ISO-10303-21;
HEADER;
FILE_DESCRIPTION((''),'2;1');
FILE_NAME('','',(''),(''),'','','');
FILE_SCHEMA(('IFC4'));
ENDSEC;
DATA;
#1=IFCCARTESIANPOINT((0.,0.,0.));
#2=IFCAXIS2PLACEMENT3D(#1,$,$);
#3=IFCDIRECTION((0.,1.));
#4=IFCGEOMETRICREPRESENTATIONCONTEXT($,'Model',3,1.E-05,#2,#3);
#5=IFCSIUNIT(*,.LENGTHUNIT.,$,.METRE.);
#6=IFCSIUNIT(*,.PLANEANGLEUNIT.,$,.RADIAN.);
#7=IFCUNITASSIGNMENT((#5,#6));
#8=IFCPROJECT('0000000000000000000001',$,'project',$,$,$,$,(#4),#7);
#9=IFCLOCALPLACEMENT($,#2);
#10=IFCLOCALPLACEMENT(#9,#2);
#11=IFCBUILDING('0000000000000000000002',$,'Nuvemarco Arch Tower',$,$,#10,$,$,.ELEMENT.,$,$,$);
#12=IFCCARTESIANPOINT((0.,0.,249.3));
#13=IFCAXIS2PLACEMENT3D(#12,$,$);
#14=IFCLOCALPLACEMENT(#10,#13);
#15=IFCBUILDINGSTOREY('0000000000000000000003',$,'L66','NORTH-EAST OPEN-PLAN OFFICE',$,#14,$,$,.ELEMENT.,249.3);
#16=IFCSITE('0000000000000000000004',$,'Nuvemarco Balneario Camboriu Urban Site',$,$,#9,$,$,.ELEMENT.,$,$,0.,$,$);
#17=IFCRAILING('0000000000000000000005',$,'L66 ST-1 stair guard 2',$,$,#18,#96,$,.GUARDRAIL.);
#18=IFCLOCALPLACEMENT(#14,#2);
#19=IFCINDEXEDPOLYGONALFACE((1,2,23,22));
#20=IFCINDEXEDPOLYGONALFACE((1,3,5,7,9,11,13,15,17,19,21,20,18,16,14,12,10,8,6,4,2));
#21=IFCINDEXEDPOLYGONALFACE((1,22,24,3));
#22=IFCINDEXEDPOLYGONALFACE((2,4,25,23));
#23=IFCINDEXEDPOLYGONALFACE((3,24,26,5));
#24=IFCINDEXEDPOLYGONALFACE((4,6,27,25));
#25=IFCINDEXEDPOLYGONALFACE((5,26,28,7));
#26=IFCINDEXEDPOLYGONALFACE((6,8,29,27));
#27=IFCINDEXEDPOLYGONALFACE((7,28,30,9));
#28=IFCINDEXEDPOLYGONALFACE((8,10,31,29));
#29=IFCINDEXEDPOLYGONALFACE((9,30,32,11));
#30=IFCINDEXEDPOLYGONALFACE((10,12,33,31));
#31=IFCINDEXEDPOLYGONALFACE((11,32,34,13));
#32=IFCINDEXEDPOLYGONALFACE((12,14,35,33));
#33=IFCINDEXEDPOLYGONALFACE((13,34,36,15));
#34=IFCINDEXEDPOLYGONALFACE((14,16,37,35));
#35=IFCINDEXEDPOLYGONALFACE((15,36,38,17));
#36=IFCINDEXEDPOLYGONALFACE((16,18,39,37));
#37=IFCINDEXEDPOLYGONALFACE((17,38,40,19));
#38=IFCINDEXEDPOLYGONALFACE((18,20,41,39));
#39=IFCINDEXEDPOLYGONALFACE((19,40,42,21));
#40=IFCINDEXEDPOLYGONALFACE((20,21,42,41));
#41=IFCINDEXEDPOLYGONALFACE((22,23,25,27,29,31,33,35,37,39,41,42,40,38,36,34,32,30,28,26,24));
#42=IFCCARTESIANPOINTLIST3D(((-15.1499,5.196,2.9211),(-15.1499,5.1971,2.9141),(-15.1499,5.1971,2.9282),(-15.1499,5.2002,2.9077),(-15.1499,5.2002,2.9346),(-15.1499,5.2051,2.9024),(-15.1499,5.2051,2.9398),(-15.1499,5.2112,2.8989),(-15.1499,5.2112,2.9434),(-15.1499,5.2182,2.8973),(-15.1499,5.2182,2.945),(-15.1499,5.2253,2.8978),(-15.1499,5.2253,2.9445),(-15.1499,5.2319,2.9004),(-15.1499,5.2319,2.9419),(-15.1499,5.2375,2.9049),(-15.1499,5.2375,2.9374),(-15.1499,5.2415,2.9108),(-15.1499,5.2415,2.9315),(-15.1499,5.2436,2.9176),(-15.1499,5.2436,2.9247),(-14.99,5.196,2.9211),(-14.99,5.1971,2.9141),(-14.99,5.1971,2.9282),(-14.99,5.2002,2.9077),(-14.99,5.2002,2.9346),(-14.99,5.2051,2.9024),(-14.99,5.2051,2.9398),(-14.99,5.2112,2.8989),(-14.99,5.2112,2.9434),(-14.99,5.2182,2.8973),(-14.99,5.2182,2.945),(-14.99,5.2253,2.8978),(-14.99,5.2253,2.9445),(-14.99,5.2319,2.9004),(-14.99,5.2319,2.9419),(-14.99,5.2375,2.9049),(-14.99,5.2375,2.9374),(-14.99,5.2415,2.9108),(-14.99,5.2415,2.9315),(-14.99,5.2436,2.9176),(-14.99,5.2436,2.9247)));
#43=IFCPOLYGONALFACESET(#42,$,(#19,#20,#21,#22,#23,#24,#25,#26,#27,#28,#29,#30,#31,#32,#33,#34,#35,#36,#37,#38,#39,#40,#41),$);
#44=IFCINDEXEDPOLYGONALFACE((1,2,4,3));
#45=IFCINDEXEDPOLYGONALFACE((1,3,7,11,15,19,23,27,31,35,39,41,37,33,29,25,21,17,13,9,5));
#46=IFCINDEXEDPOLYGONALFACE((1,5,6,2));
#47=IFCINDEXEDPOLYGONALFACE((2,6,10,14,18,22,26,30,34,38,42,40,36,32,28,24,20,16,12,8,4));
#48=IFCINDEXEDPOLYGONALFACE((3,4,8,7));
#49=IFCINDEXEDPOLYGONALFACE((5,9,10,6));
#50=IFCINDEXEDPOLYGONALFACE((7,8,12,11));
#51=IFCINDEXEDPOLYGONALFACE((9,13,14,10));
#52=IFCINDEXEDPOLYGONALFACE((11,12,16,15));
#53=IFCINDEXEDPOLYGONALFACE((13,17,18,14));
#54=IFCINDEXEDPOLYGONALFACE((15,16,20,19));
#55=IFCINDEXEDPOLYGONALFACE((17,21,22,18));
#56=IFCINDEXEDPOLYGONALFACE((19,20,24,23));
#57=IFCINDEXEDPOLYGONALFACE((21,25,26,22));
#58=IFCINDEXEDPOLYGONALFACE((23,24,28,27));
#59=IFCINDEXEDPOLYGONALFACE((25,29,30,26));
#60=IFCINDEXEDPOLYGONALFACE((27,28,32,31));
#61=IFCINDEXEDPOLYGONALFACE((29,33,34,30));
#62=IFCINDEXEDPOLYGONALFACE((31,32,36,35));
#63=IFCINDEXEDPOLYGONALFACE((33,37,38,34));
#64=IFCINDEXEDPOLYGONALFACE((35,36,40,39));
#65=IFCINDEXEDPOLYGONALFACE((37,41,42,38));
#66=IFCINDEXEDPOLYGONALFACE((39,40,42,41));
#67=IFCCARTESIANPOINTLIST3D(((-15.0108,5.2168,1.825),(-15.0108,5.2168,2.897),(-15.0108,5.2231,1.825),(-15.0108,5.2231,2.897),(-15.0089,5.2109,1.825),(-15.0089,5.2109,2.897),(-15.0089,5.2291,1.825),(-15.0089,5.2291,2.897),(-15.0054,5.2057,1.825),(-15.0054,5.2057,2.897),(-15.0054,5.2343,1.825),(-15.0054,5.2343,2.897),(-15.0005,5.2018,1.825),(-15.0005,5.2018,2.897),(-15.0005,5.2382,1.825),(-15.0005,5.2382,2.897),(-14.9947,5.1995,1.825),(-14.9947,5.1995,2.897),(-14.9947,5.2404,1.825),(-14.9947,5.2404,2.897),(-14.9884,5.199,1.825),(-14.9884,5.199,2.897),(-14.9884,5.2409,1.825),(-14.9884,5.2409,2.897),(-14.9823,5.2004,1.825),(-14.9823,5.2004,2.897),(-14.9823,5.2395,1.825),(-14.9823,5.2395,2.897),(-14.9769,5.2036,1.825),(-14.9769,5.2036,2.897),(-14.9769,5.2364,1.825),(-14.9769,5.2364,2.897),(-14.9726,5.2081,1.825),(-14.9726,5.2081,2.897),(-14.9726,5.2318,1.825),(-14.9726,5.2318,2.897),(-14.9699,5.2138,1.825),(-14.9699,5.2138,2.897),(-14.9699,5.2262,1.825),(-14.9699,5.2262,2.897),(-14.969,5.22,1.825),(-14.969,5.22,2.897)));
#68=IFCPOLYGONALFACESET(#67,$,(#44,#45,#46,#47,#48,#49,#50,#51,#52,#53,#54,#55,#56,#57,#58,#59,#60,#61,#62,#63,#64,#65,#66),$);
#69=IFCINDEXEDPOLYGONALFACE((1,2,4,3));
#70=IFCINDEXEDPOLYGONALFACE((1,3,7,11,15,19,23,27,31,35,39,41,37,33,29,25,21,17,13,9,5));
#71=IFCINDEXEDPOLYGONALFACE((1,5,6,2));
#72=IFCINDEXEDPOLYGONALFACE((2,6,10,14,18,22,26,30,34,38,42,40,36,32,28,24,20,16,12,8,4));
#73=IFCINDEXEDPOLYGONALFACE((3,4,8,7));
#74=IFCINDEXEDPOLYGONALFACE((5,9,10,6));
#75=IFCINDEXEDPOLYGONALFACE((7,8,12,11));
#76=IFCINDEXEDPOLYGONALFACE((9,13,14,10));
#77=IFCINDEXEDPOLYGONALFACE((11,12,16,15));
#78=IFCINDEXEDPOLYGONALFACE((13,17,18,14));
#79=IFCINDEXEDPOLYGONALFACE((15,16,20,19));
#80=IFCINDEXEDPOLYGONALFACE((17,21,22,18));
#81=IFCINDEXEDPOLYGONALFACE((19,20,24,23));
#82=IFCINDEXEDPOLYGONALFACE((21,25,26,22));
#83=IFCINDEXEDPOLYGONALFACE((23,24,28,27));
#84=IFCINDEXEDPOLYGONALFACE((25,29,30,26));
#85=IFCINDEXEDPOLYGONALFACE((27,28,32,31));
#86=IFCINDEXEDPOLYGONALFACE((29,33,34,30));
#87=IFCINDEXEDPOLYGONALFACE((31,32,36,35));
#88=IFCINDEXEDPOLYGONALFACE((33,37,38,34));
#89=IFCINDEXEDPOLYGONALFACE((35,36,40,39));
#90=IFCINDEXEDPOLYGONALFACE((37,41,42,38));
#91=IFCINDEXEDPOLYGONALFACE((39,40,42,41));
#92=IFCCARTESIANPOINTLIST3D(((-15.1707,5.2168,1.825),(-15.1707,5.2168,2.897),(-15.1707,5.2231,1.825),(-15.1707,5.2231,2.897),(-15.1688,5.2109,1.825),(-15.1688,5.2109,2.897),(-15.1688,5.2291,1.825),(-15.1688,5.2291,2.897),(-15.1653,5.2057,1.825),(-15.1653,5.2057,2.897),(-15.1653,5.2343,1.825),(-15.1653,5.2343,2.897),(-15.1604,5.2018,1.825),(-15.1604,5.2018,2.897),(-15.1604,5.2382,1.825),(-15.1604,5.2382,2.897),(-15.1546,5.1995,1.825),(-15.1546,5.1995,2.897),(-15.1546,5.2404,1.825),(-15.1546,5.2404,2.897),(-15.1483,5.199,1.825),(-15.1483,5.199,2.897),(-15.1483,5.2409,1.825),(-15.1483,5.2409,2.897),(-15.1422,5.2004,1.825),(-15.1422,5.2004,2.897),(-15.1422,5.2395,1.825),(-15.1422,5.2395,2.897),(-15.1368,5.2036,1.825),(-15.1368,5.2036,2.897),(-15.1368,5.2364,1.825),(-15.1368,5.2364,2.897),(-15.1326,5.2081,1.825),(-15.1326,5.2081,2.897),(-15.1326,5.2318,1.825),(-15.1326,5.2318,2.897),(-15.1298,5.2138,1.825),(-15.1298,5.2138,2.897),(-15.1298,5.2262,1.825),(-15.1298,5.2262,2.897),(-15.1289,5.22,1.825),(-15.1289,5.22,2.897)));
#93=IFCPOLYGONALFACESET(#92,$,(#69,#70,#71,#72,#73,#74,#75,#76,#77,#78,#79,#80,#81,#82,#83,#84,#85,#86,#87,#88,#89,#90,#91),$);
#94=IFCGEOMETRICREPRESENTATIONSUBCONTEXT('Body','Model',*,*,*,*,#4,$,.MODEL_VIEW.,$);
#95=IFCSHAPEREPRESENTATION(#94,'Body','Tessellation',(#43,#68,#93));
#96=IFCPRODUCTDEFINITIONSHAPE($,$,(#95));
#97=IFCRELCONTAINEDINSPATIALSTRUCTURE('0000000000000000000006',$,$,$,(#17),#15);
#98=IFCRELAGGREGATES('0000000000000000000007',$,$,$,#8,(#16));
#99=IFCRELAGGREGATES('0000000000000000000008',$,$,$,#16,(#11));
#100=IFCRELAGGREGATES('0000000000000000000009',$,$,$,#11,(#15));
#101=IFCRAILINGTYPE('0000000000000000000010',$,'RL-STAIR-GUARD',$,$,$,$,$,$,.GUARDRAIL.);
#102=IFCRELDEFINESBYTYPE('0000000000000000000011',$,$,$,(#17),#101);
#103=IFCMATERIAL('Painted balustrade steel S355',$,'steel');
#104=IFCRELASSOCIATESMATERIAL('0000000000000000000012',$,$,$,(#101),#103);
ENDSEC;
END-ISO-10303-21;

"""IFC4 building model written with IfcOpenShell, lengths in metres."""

from ifc_helpers import new_model, si_unit, direction, frame, origin, origin_2d, place, context, subcontext, project, spatial, circle, extrude, material, type_object, element, save


model = new_model("IFC4")

# Units and contexts
model_context = context("Model", 3, precision=1e-05, world=origin(), true_north=direction((0.0, 1.0)))
body_context = subcontext(model_context, "Body", "Model", "MODEL_VIEW")
ifc_project = project(units=[si_unit("LENGTHUNIT", "METRE"), si_unit("PLANEANGLEUNIT", "RADIAN")], contexts=[model_context])

# Site, building, storey
site_placement = place(None, origin())
site = spatial("IfcSite", under=ifc_project, at=site_placement, Name="Nuvemarco Balneario Camboriu Urban Site", CompositionType="ELEMENT", RefElevation=0.0)
building_placement = place(site_placement, origin())
building = spatial("IfcBuilding", under=site, at=building_placement, Name="Nuvemarco Arch Tower", CompositionType="ELEMENT")
storey_placement = place(building_placement, frame((0.0, 0.0, 249.3)))
storey = spatial("IfcBuildingStorey", under=building, at=storey_placement, Name="L66", Description="NORTH-EAST OPEN-PLAN OFFICE", CompositionType="ELEMENT", Elevation=249.3)

# Railing
ifc_material_1 = material(Name="Painted balustrade steel S355", Category="steel")
railing_type_1 = type_object("IfcRailingType", Name="RL-STAIR-GUARD", PredefinedType="GUARDRAIL", material=ifc_material_1)
railing_1_placement = place(storey_placement, frame((-14.99, 5.22, 1.825)))
element("IfcRailing", 1, at=railing_1_placement, inside=storey, type_object=railing_type_1, Name="L66 ST-1 stair guard 2", PredefinedType="GUARDRAIL", context=body_context, shape_type="SweptSolid", body=[
    extrude(circle(Radius=0.0239, at=origin_2d()), frame((0.0, 0.0, 1.0962), z_axis=(-1.0, 0.0, 0.0), x_axis=(0.0, -1.0, 0.0)), (0.0, 0.0, 1.0), 0.1599),
    extrude(circle(Radius=0.021, at=origin_2d()), origin(), (0.0, 0.0, 1.0), 1.072),
    extrude(circle(Radius=0.021, at=origin_2d()), frame((-0.1599, 0.0, 0.0)), (0.0, 0.0, 1.0), 1.072),
])

save(model, "model.ifc")
